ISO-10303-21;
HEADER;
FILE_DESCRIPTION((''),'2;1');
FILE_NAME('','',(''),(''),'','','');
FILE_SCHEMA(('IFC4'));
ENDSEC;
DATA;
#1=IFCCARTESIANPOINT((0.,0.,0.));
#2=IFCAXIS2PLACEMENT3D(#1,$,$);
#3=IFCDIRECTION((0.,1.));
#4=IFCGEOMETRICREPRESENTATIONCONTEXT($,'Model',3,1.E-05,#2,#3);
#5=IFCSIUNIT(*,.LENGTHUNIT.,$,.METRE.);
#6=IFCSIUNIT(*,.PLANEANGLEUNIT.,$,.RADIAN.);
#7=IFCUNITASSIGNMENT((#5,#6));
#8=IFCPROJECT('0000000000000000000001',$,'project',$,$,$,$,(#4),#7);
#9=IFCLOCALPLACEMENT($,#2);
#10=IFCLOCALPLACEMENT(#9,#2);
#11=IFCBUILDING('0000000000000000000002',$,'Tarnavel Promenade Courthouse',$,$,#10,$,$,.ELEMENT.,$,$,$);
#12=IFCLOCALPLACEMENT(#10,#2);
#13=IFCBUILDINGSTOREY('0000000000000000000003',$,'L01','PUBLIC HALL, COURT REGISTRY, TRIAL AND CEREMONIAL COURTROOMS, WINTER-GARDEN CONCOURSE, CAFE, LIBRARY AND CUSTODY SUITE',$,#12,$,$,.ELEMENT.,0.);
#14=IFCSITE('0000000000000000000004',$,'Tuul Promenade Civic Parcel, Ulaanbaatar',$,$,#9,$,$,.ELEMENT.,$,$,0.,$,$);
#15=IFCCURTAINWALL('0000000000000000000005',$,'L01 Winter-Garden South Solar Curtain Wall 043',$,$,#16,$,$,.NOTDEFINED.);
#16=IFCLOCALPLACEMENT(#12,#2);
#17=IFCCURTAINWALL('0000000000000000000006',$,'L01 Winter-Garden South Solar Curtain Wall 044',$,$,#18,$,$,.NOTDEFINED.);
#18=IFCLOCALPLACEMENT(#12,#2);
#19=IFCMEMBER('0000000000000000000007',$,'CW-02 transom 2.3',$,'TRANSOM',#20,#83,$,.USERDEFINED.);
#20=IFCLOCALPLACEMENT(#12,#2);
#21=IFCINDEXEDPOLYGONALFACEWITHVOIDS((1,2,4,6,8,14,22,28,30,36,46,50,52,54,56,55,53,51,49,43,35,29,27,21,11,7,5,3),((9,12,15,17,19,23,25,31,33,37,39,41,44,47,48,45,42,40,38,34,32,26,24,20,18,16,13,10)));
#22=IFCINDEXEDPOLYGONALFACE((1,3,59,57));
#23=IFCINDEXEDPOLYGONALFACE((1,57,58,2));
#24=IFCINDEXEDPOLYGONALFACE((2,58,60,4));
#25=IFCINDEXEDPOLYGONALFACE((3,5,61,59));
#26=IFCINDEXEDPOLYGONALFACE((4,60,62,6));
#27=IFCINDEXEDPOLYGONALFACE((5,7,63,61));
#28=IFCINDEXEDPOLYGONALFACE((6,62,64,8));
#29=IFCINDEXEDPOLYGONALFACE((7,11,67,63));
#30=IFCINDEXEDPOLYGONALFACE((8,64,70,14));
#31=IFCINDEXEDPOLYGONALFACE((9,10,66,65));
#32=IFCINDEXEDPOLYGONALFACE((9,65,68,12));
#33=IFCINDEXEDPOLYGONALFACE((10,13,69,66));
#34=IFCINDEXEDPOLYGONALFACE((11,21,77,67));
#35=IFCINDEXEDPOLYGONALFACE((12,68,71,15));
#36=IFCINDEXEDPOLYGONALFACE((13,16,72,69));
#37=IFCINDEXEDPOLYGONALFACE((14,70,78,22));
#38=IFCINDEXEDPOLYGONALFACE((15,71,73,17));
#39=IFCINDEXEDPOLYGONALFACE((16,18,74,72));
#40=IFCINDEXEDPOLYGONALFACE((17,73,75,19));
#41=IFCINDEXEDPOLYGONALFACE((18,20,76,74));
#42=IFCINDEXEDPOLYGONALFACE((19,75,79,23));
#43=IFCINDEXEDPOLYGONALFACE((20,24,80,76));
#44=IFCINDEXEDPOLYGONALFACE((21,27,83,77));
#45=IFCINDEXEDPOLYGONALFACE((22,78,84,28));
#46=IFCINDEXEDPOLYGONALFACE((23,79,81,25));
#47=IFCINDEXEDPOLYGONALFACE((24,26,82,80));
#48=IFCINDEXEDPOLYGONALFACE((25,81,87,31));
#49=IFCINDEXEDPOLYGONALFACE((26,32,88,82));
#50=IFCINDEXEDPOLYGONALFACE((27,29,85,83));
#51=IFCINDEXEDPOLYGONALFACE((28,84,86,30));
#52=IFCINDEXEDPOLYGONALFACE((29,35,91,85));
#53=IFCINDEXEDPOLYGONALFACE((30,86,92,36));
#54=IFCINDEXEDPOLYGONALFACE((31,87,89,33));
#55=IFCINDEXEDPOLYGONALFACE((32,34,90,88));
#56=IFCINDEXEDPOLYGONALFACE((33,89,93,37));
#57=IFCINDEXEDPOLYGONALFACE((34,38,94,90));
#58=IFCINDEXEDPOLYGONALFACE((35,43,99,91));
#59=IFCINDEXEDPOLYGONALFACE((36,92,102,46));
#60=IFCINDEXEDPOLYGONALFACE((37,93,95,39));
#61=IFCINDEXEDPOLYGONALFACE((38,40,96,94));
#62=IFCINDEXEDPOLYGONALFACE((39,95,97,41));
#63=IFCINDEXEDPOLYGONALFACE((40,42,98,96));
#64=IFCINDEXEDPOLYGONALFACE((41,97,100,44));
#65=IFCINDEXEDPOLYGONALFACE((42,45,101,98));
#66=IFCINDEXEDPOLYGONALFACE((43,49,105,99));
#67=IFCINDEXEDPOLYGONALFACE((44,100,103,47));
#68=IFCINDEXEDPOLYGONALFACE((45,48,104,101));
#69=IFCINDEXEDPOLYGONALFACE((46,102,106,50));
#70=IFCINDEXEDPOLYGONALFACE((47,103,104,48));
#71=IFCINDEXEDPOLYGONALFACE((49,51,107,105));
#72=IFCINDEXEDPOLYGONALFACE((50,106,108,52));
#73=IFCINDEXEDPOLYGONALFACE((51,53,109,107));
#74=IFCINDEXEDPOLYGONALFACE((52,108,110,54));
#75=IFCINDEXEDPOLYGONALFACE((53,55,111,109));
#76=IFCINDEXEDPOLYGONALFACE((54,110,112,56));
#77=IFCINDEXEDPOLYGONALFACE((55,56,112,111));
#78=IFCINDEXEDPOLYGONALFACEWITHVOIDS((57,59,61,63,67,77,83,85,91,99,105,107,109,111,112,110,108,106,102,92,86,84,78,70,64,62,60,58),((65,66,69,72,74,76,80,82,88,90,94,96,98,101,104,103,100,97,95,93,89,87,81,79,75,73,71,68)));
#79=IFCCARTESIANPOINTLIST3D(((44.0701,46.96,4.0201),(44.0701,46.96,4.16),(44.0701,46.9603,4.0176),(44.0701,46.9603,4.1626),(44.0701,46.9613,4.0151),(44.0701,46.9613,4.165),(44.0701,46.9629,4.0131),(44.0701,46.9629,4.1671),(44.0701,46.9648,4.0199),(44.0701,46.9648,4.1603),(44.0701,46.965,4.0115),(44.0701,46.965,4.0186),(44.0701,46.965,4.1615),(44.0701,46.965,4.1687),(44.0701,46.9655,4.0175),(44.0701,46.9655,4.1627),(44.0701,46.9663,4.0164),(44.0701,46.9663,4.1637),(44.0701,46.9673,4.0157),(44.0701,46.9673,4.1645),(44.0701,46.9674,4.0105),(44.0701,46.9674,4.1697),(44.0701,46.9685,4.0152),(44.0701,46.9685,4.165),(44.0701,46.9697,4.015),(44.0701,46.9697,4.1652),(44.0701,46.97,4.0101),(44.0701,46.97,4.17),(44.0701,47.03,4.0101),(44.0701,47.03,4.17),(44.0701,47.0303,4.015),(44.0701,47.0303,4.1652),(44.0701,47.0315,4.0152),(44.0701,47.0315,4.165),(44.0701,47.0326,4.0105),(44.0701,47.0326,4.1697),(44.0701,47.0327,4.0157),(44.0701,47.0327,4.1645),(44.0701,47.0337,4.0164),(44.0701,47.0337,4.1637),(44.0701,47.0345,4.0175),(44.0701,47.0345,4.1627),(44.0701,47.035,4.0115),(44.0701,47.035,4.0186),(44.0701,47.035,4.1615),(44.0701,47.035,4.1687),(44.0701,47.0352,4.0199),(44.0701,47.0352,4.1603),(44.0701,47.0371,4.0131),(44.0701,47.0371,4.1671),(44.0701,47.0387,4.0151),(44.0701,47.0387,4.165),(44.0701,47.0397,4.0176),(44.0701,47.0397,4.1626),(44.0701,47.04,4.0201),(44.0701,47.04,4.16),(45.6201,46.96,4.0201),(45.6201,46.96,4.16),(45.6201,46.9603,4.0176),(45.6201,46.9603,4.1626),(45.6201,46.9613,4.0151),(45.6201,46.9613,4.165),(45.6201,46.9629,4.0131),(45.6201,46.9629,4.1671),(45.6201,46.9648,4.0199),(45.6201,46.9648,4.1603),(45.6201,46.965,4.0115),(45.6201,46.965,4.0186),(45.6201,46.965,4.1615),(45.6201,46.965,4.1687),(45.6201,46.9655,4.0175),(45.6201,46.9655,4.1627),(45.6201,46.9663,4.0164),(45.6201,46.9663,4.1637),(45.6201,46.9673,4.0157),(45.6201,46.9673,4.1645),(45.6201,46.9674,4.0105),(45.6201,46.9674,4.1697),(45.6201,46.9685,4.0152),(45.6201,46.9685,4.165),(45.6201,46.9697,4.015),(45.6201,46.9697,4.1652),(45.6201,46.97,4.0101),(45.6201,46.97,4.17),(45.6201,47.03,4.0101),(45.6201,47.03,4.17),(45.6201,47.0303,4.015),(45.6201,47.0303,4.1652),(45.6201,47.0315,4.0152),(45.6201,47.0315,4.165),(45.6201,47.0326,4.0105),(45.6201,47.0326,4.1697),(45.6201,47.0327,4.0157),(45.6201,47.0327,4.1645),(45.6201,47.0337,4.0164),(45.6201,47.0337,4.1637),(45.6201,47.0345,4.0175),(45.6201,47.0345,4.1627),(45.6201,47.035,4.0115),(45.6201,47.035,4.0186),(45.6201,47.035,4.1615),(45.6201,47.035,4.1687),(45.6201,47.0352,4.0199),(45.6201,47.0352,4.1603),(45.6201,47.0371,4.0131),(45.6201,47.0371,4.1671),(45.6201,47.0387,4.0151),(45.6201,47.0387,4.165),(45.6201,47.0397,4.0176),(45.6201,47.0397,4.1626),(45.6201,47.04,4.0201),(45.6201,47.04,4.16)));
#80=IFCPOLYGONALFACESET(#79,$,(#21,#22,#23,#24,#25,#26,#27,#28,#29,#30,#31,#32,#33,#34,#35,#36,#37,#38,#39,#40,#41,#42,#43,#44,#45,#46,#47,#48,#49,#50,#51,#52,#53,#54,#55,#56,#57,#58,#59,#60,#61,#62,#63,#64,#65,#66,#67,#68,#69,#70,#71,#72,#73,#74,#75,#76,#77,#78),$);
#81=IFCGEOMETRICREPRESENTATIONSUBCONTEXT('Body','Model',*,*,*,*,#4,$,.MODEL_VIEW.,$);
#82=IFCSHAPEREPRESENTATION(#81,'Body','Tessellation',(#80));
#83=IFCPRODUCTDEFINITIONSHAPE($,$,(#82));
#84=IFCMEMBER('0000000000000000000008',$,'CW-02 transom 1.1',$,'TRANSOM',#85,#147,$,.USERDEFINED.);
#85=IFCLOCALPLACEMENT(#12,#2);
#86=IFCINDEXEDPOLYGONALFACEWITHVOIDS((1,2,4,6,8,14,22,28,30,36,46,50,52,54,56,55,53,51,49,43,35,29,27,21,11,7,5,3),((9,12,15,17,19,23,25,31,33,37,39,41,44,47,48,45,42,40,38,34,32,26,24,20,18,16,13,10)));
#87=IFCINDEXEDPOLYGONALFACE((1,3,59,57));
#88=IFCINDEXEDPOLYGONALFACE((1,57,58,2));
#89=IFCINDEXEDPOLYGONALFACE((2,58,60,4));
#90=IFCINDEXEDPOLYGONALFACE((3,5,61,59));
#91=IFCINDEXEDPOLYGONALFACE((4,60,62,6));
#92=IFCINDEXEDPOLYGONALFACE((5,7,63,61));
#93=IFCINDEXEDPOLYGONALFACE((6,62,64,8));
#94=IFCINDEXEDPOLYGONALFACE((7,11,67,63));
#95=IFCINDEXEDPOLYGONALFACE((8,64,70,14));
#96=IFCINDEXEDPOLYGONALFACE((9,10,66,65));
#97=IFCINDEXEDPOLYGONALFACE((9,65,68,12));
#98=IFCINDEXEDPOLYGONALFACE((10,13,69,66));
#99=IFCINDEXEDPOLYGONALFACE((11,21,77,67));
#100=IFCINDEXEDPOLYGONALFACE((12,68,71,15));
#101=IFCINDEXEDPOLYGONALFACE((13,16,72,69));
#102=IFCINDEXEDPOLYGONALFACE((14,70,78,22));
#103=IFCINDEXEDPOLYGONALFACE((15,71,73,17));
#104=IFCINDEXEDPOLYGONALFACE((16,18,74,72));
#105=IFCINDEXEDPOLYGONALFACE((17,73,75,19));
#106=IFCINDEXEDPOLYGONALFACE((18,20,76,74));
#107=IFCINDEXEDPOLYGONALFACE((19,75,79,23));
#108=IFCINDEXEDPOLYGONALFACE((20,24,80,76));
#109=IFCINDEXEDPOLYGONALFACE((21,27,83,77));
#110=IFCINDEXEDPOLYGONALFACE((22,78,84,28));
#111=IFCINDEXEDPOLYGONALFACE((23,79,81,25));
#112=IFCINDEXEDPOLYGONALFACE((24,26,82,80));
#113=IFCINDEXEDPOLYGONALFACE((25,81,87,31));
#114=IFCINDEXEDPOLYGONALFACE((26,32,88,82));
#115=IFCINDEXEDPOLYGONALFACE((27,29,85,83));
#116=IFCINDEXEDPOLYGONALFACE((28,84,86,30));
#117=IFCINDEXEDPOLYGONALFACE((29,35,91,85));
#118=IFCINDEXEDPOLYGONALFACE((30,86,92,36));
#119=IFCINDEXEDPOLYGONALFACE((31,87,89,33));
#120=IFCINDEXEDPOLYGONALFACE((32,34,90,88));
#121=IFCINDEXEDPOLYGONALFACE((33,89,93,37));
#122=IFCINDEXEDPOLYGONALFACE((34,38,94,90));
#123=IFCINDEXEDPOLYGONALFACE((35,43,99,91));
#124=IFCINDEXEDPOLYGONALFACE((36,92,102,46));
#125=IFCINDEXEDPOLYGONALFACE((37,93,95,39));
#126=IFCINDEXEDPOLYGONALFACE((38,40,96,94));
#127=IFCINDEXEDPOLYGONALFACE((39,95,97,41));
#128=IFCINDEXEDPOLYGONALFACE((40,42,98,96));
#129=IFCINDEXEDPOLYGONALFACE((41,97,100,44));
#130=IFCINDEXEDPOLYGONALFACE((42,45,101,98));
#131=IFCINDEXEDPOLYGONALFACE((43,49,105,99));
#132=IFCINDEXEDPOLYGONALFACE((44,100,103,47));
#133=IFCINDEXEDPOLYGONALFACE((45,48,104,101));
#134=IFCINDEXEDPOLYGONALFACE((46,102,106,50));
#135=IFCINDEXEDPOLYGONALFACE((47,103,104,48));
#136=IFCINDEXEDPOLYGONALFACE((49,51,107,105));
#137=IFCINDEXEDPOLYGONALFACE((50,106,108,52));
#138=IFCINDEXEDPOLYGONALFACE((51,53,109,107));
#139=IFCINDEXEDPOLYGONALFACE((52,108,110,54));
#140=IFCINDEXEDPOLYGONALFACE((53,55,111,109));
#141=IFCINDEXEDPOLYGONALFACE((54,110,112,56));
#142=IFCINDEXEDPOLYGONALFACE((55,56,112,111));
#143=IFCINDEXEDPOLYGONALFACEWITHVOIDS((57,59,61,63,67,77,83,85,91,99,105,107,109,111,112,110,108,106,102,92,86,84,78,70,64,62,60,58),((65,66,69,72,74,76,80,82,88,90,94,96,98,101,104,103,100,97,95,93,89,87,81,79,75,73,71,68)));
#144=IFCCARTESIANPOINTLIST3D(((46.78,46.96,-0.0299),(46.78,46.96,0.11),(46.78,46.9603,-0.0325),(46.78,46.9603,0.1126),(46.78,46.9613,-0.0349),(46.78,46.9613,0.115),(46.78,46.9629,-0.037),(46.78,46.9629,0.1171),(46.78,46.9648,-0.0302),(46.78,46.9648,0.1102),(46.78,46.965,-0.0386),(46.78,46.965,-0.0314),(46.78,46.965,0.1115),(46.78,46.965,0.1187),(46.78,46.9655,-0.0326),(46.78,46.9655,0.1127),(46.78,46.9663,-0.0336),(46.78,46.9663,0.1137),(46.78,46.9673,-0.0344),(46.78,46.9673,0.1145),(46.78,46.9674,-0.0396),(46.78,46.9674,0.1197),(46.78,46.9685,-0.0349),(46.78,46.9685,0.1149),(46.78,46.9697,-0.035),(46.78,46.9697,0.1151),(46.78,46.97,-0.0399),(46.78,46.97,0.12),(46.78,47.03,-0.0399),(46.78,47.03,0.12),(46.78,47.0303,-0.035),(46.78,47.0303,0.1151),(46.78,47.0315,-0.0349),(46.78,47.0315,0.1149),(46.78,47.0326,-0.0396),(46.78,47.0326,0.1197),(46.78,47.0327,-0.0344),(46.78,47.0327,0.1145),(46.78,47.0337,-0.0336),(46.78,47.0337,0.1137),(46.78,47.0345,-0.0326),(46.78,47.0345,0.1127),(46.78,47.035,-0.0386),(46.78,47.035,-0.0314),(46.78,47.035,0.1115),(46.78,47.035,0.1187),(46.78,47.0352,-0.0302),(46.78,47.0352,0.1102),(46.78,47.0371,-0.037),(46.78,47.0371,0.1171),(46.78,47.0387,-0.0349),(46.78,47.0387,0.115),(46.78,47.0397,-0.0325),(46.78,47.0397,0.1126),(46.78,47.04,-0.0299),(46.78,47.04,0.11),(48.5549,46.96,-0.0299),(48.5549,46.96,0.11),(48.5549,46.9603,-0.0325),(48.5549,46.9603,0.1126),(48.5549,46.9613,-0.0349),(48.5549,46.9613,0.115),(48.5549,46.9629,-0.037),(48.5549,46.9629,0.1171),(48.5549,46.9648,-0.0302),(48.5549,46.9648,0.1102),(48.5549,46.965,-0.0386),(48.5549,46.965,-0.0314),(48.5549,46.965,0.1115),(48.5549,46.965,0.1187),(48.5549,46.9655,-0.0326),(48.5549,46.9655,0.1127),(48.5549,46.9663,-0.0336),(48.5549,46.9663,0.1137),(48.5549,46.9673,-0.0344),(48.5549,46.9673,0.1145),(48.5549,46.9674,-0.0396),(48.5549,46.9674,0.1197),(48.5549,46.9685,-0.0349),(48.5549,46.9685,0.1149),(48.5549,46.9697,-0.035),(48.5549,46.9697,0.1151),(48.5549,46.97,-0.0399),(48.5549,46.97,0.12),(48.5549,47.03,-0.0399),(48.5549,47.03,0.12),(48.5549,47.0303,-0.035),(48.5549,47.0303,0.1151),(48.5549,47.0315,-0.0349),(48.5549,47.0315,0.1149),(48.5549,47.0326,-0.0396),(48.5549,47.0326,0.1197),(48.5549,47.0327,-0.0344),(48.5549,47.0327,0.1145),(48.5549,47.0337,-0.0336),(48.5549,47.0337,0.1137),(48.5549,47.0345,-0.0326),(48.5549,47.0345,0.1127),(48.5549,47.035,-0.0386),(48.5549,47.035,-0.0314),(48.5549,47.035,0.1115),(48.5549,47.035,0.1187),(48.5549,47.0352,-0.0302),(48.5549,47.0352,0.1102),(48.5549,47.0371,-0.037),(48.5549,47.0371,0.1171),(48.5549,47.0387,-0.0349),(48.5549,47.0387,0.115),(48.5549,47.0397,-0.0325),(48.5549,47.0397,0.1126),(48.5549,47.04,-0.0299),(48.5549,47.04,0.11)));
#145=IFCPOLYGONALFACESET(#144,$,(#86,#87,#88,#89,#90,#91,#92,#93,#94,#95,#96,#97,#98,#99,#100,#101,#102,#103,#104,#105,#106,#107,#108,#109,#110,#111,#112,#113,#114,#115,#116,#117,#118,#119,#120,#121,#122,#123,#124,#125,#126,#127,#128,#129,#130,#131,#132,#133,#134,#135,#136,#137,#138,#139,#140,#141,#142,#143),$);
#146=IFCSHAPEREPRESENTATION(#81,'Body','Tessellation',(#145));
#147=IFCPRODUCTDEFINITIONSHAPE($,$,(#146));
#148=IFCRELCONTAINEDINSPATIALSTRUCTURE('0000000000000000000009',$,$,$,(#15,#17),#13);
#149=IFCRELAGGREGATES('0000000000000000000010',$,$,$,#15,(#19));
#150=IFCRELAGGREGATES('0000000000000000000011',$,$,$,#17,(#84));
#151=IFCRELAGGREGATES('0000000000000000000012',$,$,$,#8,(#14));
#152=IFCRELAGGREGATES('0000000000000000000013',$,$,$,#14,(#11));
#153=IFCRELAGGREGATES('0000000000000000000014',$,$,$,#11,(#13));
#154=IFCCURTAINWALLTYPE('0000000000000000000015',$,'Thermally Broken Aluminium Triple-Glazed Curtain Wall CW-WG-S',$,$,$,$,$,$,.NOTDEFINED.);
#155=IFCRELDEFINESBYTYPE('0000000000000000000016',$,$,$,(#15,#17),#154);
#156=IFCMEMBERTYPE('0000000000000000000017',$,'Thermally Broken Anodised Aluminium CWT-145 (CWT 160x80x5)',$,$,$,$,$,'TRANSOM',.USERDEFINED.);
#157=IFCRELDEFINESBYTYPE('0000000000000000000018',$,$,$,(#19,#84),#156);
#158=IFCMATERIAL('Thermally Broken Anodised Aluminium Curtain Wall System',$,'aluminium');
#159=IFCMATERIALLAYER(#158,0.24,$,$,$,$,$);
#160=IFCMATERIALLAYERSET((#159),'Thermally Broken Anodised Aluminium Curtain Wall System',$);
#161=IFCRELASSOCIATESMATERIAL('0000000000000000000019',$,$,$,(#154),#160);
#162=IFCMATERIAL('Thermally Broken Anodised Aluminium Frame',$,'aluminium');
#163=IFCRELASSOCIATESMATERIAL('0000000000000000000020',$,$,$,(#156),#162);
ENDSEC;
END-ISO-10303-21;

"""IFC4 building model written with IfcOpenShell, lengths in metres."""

from ifc_helpers import new_model, si_unit, direction, frame, origin, origin_2d, place, context, subcontext, project, spatial, hollow_rectangle, extrude, material, layer, layer_set, material_profile, profile_set, type_object, element, aggregate, save


model = new_model("IFC4")

# Units and contexts
model_context = context("Model", 3, precision=1e-05, world=origin(), true_north=direction((0.0, 1.0)))
body_context = subcontext(model_context, "Body", "Model", "MODEL_VIEW")
ifc_project = project(units=[si_unit("LENGTHUNIT", "METRE"), si_unit("PLANEANGLEUNIT", "RADIAN")], contexts=[model_context])

# Site, building, storey
site_placement = place(None, origin())
site = spatial("IfcSite", under=ifc_project, at=site_placement, Name="Tuul Promenade Civic Parcel, Ulaanbaatar", CompositionType="ELEMENT", RefElevation=0.0)
building_placement = place(site_placement, origin())
building = spatial("IfcBuilding", under=site, at=building_placement, Name="Tarnavel Promenade Courthouse", CompositionType="ELEMENT")
storey_placement = place(building_placement, origin())
storey = spatial("IfcBuildingStorey", under=building, at=storey_placement, Name="L01", Description="PUBLIC HALL, COURT REGISTRY, TRIAL AND CEREMONIAL COURTROOMS, WINTER-GARDEN CONCOURSE, CAFE, LIBRARY AND CUSTODY SUITE", CompositionType="ELEMENT", Elevation=0.0)

# Curtain walls
ifc_material_1 = material(Name="Thermally Broken Anodised Aluminium Curtain Wall System", Category="aluminium")
ifc_layer_1 = layer(ifc_material_1, 0.24)
ifc_layer_set_1 = layer_set([ifc_layer_1], Name="Thermally Broken Anodised Aluminium Curtain Wall System")
curtain_wall_type = type_object("IfcCurtainWallType", Name="Thermally Broken Aluminium Triple-Glazed Curtain Wall CW-WG-S", PredefinedType="NOTDEFINED", material=ifc_layer_set_1)
curtain_wall_1_placement = place(storey_placement, origin())
curtain_wall_1 = element("IfcCurtainWall", 1, at=curtain_wall_1_placement, inside=storey, type_object=curtain_wall_type, Name="L01 Winter-Garden South Solar Curtain Wall 043", PredefinedType="NOTDEFINED")
ifc_material_2 = material(Name="Thermally Broken Anodised Aluminium Frame", Category="aluminium")
curtain_wall_2_placement = place(storey_placement, origin())
curtain_wall_2 = element("IfcCurtainWall", 2, at=curtain_wall_2_placement, inside=storey, type_object=curtain_wall_type, Name="L01 Winter-Garden South Solar Curtain Wall 044", PredefinedType="NOTDEFINED")

# Members
ifc_material_profile_1 = material_profile(ifc_material_2, hollow_rectangle(XDim=0.0801, YDim=0.1599, WallThickness=0.0049, InnerFilletRadius=0.0049, OuterFilletRadius=0.01, at=origin_2d()), Name="CWT 160x80x5")
ifc_profile_set_1 = profile_set([ifc_material_profile_1], Name="Thermally Broken Anodised Aluminium Frame")
member_type_1 = type_object("IfcMemberType", Name="Thermally Broken Anodised Aluminium CWT-145 (CWT 160x80x5)", ElementType="TRANSOM", PredefinedType="USERDEFINED", material=ifc_profile_set_1)
member_1_placement = place(storey_placement, frame((44.0701, 47.0, 4.0901), z_axis=(1.0, 0.0, 0.0), x_axis=(0.0, 1.0, 0.0)))
member_1 = element("IfcMember", 3, at=member_1_placement, type_object=member_type_1, Name="CW-02 transom 2.3", ObjectType="TRANSOM", PredefinedType="USERDEFINED", context=body_context, shape_type="SweptSolid", body=[
    extrude(hollow_rectangle(XDim=0.0801, YDim=0.1599, WallThickness=0.0049, InnerFilletRadius=0.0049, OuterFilletRadius=0.01, at=origin_2d()), origin(), (0.0, 0.0, 1.0), 1.55),
])
member_2_placement = place(storey_placement, frame((46.78, 47.0, 0.04), z_axis=(1.0, 0.0, 0.0), x_axis=(0.0, 1.0, 0.0)))
member_2 = element("IfcMember", 4, at=member_2_placement, type_object=member_type_1, Name="CW-02 transom 1.1", ObjectType="TRANSOM", PredefinedType="USERDEFINED", context=body_context, shape_type="SweptSolid", body=[
    extrude(hollow_rectangle(XDim=0.0801, YDim=0.1599, WallThickness=0.0049, InnerFilletRadius=0.0049, OuterFilletRadius=0.01, at=origin_2d()), origin(), (0.0, 0.0, 1.0), 1.7749),
])

aggregate(curtain_wall_1, [member_1])
aggregate(curtain_wall_2, [member_2])

save(model, "model.ifc")
